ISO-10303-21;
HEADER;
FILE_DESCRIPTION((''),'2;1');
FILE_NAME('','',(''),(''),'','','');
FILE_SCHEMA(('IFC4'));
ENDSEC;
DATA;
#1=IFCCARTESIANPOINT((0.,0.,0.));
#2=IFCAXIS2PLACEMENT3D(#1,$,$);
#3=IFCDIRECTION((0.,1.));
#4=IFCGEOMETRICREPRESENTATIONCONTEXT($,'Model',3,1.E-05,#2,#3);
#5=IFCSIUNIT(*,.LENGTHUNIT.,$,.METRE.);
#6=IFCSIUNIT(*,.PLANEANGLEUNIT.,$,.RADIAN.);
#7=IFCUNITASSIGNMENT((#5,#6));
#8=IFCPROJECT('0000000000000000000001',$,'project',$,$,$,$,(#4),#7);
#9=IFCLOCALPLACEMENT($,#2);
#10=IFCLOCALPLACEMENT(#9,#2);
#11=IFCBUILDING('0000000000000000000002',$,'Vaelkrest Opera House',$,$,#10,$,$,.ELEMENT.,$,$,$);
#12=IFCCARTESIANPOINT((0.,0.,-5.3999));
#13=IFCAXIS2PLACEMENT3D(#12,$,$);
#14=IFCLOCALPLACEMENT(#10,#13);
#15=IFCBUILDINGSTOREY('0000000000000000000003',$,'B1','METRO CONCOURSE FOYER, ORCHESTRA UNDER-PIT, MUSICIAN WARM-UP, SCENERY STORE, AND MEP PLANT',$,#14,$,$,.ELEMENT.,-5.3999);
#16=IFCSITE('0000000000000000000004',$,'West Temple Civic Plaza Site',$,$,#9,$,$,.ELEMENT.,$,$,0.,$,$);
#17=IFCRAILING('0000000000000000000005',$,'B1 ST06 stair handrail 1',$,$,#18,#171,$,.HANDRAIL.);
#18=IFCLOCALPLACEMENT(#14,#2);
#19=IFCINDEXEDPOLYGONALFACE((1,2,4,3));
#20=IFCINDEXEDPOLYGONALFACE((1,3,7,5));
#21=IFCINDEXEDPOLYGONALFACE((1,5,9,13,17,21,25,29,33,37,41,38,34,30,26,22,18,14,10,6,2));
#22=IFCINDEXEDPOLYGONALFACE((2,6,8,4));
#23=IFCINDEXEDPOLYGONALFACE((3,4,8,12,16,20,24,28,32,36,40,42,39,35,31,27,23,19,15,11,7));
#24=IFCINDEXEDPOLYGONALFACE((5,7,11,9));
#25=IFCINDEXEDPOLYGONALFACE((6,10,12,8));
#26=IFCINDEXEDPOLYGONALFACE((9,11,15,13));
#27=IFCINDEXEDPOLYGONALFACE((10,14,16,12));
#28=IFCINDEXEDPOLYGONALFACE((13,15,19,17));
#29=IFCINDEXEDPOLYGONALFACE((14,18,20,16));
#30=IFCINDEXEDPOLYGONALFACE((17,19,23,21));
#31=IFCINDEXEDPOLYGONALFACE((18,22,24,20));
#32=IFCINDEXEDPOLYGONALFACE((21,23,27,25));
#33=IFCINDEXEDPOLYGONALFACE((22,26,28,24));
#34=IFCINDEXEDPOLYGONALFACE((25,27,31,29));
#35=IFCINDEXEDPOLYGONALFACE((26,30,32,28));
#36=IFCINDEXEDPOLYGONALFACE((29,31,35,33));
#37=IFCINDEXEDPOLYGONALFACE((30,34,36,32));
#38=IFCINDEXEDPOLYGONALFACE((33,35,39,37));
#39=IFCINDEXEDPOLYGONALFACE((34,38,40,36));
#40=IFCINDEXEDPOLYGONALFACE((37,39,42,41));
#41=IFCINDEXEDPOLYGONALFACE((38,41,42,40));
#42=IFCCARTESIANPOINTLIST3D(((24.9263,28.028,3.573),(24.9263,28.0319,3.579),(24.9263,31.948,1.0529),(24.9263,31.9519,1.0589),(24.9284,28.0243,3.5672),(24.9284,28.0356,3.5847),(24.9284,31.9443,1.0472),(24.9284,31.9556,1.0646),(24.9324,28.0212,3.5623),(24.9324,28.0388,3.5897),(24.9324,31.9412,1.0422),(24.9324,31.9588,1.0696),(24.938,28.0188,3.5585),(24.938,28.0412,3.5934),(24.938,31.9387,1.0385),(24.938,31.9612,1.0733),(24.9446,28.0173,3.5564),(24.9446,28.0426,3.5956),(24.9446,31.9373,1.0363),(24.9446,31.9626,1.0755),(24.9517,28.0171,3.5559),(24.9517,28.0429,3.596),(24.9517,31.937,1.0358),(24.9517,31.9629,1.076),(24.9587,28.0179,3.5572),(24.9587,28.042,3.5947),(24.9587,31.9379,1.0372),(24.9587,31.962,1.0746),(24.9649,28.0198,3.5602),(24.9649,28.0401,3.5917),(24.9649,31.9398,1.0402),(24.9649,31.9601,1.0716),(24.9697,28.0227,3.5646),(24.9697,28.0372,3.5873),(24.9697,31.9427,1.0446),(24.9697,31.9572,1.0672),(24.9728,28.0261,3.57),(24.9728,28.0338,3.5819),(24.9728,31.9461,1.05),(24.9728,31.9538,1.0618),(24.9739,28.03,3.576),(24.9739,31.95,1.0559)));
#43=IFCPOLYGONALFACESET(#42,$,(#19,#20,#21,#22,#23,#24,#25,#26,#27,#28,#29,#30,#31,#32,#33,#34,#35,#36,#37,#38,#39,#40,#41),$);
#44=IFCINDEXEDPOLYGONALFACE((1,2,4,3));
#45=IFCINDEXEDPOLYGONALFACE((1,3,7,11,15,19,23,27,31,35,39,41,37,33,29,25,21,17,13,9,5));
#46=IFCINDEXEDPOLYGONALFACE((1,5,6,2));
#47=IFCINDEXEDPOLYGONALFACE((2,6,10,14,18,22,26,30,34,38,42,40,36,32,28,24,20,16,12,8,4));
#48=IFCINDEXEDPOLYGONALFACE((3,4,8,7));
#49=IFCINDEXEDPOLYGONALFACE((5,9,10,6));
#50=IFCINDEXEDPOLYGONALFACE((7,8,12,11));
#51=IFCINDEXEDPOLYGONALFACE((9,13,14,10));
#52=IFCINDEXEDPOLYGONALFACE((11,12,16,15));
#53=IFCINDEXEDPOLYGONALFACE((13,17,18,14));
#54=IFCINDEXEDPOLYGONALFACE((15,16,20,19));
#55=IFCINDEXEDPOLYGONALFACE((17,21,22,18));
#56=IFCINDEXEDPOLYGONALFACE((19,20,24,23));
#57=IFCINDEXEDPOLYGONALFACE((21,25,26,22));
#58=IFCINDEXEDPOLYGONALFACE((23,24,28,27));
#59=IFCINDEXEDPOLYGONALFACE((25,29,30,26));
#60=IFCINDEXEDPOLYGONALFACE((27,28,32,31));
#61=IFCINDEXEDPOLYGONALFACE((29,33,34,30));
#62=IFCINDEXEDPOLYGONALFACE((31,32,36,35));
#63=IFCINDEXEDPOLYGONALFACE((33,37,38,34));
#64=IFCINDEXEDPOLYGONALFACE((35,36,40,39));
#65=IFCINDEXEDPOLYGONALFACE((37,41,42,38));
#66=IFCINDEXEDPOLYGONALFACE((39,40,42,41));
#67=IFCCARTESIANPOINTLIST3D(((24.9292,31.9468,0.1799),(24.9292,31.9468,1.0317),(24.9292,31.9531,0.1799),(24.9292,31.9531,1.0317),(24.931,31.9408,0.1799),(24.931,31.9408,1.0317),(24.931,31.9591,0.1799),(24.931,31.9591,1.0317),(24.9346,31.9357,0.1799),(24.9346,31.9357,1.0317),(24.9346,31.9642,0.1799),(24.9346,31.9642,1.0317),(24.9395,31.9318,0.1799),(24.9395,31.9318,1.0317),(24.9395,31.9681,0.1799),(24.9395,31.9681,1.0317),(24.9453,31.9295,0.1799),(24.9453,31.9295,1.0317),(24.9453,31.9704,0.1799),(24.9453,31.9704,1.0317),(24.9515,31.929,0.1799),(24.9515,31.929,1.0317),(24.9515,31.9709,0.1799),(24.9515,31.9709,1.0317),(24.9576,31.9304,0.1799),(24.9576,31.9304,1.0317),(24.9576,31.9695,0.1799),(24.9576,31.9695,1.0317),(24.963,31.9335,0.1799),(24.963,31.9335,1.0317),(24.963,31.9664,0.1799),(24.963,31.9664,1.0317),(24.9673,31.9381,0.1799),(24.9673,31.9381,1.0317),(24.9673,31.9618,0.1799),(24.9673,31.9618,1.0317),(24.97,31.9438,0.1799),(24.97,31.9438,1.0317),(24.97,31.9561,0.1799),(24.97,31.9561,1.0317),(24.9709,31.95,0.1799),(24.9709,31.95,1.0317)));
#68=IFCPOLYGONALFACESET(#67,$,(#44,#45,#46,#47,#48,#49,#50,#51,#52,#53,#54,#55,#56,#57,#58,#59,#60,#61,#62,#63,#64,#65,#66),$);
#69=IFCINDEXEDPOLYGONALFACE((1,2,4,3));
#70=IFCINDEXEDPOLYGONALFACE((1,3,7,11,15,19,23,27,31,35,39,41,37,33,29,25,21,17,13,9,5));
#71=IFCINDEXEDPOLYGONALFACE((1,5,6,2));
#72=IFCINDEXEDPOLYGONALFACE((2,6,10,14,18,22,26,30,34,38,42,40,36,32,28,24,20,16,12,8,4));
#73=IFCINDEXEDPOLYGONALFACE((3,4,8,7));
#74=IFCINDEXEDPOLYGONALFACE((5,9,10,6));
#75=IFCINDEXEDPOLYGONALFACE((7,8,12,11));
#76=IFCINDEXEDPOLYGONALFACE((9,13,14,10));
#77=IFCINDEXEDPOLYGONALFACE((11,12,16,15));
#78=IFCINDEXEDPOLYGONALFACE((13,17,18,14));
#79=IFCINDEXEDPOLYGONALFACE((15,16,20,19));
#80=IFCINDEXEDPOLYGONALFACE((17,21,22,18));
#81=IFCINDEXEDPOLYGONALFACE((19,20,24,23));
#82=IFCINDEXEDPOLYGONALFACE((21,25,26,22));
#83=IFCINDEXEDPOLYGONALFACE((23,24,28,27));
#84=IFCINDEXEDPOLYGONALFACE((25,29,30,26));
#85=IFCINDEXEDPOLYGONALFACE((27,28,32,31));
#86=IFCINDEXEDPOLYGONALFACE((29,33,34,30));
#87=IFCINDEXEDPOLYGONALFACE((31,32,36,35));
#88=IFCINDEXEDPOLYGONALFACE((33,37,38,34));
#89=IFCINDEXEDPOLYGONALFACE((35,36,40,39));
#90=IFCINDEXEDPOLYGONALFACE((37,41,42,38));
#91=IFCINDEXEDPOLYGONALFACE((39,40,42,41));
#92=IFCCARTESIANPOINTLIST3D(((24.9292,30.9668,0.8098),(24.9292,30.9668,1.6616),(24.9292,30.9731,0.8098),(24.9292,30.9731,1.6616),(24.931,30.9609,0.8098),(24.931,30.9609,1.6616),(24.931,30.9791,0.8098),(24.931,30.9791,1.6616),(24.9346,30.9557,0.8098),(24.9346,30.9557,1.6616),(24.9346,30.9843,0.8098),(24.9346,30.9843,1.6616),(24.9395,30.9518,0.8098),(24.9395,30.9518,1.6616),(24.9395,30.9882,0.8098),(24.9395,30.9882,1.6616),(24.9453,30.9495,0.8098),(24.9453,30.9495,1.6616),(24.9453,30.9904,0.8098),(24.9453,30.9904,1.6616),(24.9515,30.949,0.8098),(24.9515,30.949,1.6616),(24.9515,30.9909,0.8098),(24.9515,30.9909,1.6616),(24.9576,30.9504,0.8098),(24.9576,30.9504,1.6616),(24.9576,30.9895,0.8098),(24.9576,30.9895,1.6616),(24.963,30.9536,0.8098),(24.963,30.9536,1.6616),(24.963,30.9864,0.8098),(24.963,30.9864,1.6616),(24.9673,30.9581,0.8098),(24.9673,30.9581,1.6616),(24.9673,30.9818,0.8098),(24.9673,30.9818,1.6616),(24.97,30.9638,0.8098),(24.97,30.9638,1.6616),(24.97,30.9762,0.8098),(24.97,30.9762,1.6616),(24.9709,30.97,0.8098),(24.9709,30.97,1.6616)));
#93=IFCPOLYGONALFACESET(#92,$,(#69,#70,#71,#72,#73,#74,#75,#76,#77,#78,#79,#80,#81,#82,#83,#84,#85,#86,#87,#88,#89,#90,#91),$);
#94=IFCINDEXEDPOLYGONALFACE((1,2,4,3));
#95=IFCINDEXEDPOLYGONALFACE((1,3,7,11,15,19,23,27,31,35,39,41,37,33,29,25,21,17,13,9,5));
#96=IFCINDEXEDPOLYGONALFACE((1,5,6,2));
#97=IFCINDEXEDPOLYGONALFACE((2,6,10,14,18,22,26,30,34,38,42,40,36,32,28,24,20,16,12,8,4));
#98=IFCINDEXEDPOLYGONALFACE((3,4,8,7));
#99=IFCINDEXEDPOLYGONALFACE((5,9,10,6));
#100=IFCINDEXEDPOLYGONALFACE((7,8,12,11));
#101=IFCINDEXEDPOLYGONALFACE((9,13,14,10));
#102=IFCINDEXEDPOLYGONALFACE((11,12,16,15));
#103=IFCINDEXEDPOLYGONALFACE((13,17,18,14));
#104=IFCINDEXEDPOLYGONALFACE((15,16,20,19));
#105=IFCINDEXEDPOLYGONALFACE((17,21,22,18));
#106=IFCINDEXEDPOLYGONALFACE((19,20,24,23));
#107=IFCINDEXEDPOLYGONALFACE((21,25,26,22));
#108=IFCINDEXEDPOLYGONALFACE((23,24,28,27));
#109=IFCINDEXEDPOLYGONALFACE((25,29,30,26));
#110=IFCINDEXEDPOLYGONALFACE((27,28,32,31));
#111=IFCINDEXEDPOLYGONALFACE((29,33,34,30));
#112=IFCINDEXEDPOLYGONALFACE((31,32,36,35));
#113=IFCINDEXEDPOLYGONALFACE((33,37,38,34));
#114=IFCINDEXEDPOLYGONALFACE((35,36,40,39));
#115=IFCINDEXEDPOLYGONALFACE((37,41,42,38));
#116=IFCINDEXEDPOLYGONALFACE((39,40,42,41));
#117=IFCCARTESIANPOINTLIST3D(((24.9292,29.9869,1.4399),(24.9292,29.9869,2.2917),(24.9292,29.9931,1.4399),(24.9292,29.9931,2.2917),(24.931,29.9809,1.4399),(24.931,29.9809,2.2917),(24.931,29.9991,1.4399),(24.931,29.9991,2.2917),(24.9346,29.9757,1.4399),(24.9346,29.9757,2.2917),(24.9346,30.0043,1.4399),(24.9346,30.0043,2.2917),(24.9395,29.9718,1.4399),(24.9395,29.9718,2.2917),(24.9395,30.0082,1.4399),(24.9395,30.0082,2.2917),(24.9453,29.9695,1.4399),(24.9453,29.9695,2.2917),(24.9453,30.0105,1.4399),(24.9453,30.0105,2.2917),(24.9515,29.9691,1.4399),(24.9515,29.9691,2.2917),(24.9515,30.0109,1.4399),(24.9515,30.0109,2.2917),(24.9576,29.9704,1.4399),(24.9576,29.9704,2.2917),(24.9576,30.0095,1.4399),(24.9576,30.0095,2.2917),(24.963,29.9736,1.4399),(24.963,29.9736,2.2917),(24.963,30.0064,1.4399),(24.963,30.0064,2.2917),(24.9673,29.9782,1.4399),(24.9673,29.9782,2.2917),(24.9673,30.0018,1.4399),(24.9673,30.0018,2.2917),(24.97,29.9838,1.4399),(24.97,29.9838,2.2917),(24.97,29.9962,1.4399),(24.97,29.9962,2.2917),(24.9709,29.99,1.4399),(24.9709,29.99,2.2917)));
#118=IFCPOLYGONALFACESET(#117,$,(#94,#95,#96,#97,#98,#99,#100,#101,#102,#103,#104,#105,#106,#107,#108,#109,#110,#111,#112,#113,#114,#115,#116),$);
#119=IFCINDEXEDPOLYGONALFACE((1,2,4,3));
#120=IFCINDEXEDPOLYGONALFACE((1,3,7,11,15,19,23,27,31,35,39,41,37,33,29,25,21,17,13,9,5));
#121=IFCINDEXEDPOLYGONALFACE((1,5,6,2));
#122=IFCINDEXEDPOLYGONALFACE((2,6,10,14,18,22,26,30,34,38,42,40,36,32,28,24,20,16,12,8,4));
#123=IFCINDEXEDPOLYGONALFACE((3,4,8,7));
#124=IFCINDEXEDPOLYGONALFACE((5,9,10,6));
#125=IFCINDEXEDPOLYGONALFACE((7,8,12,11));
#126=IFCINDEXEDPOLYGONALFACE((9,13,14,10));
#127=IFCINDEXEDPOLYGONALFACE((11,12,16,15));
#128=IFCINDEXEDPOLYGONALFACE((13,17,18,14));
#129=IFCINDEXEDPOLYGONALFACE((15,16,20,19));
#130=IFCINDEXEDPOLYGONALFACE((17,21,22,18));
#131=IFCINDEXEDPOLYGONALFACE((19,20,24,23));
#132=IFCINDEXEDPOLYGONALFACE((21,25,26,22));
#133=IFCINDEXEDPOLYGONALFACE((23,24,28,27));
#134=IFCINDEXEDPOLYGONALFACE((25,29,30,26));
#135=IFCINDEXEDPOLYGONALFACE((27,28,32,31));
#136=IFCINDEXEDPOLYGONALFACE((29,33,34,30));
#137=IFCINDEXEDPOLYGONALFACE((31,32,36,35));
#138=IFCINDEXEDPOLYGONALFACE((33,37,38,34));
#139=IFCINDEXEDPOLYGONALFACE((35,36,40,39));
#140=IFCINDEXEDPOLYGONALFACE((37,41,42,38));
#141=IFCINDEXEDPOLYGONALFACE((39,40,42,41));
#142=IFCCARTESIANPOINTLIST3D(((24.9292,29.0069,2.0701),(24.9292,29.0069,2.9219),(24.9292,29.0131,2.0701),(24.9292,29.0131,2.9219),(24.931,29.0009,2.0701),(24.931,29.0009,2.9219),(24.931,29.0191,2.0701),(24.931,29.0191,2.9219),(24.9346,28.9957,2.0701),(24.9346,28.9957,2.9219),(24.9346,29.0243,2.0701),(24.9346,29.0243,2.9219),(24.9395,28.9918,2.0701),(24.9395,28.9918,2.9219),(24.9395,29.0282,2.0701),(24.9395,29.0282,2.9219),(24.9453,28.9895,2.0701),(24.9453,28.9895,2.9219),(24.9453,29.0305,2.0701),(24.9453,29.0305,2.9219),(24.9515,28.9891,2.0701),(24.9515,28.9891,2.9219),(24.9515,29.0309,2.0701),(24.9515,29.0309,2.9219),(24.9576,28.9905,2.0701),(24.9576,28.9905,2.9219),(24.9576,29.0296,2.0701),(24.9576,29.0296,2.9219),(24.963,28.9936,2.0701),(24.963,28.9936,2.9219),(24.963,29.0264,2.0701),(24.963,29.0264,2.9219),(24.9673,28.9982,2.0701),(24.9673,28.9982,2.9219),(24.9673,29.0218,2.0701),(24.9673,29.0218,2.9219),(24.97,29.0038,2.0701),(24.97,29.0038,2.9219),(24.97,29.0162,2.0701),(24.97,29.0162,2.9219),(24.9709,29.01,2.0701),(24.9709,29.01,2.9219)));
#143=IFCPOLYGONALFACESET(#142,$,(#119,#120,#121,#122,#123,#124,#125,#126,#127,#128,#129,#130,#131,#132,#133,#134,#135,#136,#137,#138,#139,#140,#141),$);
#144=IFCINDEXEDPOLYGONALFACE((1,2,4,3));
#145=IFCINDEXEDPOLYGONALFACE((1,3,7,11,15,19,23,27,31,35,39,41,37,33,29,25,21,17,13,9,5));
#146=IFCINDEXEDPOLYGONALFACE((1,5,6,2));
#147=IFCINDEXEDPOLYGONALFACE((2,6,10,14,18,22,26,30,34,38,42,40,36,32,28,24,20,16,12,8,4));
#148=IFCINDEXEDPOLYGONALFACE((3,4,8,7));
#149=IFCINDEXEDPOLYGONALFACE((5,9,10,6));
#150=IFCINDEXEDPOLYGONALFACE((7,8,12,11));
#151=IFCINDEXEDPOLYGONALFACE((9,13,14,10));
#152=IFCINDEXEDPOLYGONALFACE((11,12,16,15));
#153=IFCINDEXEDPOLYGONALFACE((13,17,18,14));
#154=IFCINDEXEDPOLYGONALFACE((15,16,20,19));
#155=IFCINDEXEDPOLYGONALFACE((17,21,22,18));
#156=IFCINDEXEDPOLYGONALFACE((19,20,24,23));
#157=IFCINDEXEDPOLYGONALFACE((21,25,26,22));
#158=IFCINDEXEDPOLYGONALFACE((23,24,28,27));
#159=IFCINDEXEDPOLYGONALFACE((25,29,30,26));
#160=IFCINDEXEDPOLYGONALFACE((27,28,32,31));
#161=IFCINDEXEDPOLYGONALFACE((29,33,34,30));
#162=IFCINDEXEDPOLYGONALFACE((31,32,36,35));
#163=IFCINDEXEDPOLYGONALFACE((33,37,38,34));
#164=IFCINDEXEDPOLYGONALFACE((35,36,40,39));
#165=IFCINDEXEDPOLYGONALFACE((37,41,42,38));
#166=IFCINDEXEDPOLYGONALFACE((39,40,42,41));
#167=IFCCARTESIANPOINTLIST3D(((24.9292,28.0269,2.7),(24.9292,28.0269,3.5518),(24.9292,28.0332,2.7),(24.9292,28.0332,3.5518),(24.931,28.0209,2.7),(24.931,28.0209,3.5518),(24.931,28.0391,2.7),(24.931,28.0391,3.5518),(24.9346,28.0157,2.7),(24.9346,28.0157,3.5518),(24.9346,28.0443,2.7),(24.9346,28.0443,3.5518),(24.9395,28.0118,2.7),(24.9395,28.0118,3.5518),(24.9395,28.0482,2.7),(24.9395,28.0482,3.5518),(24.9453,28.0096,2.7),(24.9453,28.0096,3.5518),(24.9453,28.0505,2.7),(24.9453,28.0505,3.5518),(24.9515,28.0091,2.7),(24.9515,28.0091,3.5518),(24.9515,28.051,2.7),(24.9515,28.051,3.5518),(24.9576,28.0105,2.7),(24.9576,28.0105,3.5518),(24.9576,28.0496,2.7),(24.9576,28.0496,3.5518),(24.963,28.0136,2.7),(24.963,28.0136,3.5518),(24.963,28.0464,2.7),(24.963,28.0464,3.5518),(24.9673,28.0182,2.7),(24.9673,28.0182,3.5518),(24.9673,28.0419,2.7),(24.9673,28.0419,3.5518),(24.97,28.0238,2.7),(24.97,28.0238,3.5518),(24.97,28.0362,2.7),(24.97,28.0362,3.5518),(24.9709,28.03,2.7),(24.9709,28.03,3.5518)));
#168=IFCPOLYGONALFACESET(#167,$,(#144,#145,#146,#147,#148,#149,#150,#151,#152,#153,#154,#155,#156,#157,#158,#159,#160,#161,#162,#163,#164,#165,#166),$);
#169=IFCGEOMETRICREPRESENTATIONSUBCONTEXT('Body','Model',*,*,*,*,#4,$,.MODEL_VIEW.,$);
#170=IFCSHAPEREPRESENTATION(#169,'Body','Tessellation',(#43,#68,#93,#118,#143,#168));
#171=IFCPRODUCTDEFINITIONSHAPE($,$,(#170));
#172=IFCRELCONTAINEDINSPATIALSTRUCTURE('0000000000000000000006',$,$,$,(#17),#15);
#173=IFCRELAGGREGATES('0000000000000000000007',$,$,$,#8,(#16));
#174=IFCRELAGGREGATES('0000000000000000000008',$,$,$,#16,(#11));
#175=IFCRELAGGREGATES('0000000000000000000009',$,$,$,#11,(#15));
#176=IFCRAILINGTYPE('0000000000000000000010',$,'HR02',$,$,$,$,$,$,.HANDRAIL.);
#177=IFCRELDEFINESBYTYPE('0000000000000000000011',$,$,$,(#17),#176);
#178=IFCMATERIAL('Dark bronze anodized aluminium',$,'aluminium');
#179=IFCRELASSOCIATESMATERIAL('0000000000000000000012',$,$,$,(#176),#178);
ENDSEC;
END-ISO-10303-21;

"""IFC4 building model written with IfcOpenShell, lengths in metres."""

from ifc_helpers import new_model, si_unit, direction, frame, origin, origin_2d, place, context, subcontext, project, spatial, circle, extrude, material, type_object, element, save


model = new_model("IFC4")

# Units and contexts
model_context = context("Model", 3, precision=1e-05, world=origin(), true_north=direction((0.0, 1.0)))
body_context = subcontext(model_context, "Body", "Model", "MODEL_VIEW")
ifc_project = project(units=[si_unit("LENGTHUNIT", "METRE"), si_unit("PLANEANGLEUNIT", "RADIAN")], contexts=[model_context])

# Site, building, storey
site_placement = place(None, origin())
site = spatial("IfcSite", under=ifc_project, at=site_placement, Name="West Temple Civic Plaza Site", CompositionType="ELEMENT", RefElevation=0.0)
building_placement = place(site_placement, origin())
building = spatial("IfcBuilding", under=site, at=building_placement, Name="Vaelkrest Opera House", CompositionType="ELEMENT")
storey_placement = place(building_placement, frame((0.0, 0.0, -5.3999)))
storey = spatial("IfcBuildingStorey", under=building, at=storey_placement, Name="B1", Description="METRO CONCOURSE FOYER, ORCHESTRA UNDER-PIT, MUSICIAN WARM-UP, SCENERY STORE, AND MEP PLANT", CompositionType="ELEMENT", Elevation=-5.3999)

# Railing
ifc_material_1 = material(Name="Dark bronze anodized aluminium", Category="aluminium")
railing_type_1 = type_object("IfcRailingType", Name="HR02", PredefinedType="HANDRAIL", material=ifc_material_1)
railing_1_placement = place(storey_placement, frame((24.95, 31.95, 0.1799)))
element("IfcRailing", 1, at=railing_1_placement, inside=storey, type_object=railing_type_1, Name="B1 ST06 stair handrail 1", PredefinedType="HANDRAIL", context=body_context, shape_type="SweptSolid", body=[
    extrude(circle(Radius=0.0239, at=origin_2d()), frame((0.0, 0.0, 0.876), z_axis=(0.0, -0.841172, 0.540768), x_axis=(1.0, 0.0, 0.0)), (0.0, 0.0, 1.0), 4.6602),
    extrude(circle(Radius=0.021, at=origin_2d()), origin(), (0.0, 0.0, 1.0), 0.8518),
    extrude(circle(Radius=0.021, at=origin_2d()), frame((0.0, -0.98, 0.6299)), (0.0, 0.0, 1.0), 0.8518),
    extrude(circle(Radius=0.021, at=origin_2d()), frame((0.0, -1.96, 1.26)), (0.0, 0.0, 1.0), 0.8518),
    extrude(circle(Radius=0.021, at=origin_2d()), frame((0.0, -2.9399, 1.8901)), (0.0, 0.0, 1.0), 0.8518),
    extrude(circle(Radius=0.021, at=origin_2d()), frame((0.0, -3.9199, 2.52)), (0.0, 0.0, 1.0), 0.8518),
])

save(model, "model.ifc")
